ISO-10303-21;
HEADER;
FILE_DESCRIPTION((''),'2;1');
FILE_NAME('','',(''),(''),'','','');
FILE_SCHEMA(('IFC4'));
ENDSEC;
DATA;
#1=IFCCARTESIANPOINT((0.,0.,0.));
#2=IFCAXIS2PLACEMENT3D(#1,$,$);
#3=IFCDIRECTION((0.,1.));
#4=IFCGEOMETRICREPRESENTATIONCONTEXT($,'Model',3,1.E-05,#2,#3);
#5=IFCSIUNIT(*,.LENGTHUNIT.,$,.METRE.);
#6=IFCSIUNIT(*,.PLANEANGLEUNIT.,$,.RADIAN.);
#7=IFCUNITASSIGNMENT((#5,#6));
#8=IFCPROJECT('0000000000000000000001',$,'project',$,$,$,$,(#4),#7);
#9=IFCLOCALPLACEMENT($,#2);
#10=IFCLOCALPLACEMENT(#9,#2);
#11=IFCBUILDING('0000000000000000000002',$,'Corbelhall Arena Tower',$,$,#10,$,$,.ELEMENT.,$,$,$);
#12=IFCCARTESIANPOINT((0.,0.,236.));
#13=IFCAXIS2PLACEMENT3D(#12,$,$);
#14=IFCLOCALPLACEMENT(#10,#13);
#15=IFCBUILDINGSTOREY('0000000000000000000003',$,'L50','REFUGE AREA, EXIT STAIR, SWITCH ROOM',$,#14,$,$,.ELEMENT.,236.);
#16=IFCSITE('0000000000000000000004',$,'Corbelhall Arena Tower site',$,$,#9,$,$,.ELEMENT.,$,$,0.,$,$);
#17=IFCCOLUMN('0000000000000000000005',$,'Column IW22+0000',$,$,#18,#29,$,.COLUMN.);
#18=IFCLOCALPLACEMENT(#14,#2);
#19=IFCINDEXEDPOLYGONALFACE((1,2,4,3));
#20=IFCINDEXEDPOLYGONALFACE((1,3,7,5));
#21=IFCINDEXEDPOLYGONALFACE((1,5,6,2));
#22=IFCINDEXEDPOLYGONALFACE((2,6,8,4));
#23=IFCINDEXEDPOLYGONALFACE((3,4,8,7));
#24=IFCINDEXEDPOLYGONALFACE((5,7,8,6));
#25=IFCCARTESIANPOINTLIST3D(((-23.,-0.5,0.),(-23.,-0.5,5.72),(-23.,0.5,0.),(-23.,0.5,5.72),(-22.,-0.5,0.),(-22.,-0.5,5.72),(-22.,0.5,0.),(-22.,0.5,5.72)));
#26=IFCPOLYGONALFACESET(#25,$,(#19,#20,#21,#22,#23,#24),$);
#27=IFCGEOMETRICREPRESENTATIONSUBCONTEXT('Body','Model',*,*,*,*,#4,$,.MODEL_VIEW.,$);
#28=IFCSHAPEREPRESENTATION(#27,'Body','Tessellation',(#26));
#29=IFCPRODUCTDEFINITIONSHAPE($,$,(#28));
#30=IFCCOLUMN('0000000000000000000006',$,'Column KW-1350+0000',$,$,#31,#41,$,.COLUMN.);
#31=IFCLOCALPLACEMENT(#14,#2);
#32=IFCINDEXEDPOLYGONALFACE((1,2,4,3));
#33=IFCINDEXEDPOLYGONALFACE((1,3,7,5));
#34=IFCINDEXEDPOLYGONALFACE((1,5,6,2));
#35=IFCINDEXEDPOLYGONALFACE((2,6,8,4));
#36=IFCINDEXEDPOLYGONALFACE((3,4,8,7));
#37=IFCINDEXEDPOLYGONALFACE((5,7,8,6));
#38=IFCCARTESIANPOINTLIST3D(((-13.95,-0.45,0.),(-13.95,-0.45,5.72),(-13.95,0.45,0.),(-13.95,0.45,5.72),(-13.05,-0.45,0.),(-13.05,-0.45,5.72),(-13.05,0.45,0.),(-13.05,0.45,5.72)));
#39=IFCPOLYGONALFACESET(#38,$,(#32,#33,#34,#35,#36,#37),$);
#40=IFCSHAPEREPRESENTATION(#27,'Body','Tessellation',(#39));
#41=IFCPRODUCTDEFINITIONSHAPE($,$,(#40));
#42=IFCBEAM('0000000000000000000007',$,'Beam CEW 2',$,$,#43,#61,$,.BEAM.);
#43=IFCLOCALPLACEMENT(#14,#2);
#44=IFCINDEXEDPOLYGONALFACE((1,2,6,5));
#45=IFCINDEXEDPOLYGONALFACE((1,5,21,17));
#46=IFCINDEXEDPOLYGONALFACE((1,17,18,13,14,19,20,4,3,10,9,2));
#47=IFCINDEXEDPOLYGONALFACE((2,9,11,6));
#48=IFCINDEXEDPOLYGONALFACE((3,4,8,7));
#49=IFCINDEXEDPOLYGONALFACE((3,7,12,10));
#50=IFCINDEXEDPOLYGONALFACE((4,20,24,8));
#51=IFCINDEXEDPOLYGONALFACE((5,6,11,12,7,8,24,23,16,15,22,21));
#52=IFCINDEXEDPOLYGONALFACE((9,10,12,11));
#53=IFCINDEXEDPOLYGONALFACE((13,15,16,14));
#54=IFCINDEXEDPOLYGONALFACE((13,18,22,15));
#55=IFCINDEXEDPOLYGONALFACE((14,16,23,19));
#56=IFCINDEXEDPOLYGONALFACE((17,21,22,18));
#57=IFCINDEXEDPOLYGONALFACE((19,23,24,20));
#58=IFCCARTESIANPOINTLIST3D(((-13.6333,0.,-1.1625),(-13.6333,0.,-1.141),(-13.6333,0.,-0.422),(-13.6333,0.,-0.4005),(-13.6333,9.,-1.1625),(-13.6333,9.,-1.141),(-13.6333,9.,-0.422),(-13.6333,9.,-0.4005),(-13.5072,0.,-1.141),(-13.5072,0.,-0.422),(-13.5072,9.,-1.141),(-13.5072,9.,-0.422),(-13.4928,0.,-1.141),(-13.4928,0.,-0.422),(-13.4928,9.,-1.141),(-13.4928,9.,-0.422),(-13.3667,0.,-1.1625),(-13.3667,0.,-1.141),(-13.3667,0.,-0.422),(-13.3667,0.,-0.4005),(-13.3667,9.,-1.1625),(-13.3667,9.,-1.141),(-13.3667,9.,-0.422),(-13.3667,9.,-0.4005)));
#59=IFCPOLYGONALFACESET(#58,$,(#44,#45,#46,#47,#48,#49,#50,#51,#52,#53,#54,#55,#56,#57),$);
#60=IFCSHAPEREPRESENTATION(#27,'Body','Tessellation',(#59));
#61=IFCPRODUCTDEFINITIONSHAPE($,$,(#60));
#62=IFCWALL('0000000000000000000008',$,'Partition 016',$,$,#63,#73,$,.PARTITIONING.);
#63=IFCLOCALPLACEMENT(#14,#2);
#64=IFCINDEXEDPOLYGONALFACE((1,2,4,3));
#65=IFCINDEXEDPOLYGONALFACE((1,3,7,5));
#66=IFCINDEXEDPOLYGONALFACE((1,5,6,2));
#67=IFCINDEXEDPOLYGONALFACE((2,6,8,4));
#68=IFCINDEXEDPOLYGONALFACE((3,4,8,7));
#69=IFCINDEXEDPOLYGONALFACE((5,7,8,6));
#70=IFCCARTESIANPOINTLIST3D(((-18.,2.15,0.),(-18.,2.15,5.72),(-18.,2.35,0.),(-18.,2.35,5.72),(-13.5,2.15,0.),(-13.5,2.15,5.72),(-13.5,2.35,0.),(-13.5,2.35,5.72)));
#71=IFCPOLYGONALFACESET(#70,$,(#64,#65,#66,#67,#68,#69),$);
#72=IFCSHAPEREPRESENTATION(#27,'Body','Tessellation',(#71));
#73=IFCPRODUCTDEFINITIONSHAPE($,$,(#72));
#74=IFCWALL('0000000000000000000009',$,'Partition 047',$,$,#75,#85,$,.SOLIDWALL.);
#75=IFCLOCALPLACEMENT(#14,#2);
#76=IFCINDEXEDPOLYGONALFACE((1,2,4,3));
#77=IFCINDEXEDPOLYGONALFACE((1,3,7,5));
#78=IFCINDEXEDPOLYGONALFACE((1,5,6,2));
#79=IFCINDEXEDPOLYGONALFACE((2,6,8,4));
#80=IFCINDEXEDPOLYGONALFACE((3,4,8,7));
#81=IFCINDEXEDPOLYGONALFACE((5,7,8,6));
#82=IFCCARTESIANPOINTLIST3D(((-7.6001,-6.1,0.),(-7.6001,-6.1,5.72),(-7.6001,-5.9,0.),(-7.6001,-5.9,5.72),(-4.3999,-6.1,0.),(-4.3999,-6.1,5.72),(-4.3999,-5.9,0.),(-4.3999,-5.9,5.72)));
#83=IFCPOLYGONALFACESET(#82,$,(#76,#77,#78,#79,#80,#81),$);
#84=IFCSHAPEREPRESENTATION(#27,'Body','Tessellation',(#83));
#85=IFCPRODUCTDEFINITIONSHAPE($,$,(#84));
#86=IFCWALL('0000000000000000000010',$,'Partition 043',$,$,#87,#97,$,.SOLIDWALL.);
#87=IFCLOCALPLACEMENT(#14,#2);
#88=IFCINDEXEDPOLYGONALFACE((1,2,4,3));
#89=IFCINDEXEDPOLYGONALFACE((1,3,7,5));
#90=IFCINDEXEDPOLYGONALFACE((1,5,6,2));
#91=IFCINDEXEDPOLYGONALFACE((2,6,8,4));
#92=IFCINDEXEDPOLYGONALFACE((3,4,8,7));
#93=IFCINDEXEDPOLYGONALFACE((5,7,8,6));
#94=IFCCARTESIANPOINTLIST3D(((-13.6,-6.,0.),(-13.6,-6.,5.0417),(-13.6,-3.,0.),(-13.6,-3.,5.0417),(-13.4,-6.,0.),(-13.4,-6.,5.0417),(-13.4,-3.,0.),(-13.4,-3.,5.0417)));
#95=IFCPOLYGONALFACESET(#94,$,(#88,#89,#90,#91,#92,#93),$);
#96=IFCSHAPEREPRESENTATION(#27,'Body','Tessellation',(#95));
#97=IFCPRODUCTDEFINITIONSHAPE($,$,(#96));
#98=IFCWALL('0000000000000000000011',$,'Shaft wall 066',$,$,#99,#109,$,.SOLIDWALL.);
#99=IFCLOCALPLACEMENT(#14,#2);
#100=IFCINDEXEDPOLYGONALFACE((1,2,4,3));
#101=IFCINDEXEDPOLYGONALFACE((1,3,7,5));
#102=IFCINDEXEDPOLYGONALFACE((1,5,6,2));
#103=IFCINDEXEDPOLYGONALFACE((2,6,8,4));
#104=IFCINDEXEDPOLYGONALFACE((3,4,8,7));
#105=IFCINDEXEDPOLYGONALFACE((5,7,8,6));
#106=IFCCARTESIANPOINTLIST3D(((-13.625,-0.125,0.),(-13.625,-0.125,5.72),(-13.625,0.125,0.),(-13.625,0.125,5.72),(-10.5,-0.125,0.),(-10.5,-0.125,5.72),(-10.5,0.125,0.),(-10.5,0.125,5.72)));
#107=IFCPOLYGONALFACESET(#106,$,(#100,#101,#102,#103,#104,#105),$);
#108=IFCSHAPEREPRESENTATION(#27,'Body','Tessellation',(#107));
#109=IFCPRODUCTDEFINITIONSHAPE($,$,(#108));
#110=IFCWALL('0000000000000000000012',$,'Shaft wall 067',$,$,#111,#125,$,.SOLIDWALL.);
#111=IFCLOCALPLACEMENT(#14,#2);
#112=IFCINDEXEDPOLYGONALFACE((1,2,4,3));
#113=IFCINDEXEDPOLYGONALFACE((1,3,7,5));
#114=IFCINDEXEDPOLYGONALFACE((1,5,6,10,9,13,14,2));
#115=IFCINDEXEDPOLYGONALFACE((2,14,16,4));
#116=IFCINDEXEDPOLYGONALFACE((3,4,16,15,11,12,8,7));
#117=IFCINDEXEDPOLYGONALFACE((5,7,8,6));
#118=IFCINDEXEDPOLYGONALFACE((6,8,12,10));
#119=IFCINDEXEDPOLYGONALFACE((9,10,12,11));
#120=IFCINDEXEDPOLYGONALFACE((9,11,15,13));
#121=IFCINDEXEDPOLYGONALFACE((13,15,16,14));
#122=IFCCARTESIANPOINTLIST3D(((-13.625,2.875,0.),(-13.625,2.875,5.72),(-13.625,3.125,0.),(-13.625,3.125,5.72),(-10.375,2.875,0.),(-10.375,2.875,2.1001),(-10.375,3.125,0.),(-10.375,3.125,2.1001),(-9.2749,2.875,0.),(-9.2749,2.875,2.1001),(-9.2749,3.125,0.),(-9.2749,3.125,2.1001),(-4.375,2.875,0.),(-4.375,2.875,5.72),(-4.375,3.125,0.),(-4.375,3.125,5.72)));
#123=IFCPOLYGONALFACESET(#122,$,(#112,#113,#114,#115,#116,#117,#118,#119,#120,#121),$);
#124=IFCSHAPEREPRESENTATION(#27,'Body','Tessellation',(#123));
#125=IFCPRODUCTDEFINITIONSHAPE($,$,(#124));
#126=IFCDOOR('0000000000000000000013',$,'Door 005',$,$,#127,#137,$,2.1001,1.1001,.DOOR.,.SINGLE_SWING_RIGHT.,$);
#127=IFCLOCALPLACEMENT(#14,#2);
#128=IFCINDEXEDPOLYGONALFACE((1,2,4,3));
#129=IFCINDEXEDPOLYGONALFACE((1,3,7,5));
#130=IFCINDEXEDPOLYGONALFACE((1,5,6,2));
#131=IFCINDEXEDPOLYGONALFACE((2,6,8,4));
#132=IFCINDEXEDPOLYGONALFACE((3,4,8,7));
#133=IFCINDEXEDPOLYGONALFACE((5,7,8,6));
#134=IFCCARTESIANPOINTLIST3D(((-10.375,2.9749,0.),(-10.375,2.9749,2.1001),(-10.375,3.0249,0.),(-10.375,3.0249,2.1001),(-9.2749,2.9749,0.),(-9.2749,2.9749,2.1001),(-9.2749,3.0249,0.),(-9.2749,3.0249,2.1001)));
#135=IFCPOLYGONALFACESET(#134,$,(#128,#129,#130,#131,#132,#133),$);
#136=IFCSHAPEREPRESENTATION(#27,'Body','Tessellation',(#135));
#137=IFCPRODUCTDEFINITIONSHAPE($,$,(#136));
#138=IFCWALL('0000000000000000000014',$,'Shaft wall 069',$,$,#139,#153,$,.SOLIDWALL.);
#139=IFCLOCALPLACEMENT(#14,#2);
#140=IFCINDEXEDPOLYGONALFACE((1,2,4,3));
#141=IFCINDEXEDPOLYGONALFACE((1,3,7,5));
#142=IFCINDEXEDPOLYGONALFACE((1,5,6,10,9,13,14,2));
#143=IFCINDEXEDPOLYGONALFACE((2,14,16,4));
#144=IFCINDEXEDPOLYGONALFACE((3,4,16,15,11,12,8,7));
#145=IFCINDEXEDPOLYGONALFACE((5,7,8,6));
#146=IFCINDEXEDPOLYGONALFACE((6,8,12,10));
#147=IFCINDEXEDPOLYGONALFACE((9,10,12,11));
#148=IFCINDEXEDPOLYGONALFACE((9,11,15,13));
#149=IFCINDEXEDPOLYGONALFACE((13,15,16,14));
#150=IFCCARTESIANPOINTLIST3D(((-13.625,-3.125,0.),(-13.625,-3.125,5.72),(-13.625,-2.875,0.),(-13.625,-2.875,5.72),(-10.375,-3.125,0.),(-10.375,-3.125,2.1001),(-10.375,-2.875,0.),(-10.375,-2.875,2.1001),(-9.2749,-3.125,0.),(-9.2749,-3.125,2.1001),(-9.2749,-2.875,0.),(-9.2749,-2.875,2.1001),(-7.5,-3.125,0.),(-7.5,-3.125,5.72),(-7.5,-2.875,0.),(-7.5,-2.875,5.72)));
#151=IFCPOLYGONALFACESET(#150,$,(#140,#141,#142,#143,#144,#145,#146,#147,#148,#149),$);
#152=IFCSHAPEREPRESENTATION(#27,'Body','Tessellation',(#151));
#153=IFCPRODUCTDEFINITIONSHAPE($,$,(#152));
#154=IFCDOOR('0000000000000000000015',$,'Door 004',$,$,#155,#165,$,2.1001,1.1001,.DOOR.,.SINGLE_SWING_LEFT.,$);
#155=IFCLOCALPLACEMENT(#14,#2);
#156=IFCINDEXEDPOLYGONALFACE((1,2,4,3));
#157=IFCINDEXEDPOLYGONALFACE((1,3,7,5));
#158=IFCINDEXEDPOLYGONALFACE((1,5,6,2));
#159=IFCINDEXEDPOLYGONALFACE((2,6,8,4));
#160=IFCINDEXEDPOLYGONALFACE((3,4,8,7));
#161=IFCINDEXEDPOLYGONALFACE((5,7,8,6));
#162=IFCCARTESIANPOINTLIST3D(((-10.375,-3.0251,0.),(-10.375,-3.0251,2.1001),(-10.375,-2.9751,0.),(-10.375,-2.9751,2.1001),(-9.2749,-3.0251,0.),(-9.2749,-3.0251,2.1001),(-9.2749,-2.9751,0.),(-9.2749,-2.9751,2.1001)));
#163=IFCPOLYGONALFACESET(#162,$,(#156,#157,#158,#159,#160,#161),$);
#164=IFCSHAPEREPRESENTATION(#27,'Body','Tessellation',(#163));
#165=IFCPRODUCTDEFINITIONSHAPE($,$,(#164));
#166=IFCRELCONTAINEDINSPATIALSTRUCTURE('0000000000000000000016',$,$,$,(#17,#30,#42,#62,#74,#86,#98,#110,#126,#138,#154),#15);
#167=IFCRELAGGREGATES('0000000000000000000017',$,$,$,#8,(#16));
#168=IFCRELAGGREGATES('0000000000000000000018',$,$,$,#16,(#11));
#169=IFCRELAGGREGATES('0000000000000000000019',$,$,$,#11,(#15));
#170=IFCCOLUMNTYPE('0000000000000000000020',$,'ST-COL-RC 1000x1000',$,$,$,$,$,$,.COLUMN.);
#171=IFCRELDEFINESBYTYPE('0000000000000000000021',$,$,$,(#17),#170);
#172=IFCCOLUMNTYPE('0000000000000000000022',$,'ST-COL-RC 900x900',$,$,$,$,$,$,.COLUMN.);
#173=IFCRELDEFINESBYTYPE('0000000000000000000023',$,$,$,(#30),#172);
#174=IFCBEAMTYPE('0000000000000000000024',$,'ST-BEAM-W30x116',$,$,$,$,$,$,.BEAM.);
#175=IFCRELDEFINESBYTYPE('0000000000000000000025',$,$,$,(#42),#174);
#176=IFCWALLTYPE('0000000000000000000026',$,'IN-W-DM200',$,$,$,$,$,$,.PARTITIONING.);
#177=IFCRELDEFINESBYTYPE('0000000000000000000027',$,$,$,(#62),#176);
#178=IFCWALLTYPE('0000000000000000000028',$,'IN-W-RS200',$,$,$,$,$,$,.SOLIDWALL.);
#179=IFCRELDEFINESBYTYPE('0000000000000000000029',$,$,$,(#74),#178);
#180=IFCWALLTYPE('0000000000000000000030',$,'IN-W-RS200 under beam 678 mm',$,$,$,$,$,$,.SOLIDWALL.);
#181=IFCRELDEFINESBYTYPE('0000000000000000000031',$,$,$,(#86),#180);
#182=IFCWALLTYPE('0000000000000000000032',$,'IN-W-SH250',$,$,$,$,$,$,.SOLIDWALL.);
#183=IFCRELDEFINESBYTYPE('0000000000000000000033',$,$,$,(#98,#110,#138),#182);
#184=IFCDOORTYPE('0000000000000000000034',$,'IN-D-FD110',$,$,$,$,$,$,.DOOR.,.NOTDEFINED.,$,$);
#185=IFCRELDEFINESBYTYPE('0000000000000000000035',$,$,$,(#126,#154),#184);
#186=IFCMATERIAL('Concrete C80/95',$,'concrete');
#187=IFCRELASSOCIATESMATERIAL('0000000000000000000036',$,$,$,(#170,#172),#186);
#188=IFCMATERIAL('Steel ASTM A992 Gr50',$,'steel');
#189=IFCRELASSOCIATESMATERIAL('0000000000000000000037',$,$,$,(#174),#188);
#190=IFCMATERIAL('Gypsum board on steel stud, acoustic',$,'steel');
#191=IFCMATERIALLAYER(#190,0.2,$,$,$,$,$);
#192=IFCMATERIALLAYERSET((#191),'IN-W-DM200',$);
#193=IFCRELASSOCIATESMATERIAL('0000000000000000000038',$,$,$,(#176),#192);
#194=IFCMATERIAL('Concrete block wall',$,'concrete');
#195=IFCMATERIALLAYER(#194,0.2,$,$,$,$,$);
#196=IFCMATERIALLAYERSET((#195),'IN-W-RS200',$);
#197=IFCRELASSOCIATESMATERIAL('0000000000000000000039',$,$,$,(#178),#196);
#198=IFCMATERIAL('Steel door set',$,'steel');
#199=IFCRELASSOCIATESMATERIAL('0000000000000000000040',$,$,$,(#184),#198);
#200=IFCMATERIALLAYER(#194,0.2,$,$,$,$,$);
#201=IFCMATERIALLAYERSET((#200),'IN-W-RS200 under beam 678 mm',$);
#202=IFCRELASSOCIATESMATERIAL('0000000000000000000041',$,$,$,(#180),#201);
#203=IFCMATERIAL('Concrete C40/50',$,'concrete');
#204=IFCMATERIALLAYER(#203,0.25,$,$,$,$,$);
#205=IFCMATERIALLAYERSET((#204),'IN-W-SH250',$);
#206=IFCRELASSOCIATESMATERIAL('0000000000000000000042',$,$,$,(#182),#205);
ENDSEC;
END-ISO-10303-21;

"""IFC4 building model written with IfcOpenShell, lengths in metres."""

from ifc_helpers import new_model, si_unit, direction, frame, frame_2d, origin, origin_2d, place, context, subcontext, project, spatial, rectangle, i_section, extrude, material, layer, layer_set, material_profile, profile_set, type_object, element, fill, save


model = new_model("IFC4")

# Units and contexts
model_context = context("Model", 3, precision=1e-05, world=origin(), true_north=direction((0.0, 1.0)))
body_context = subcontext(model_context, "Body", "Model", "MODEL_VIEW")
ifc_project = project(units=[si_unit("LENGTHUNIT", "METRE"), si_unit("PLANEANGLEUNIT", "RADIAN")], contexts=[model_context])

# Site, building, storey
site_placement = place(None, origin())
site = spatial("IfcSite", under=ifc_project, at=site_placement, Name="Corbelhall Arena Tower site", CompositionType="ELEMENT", RefElevation=0.0)
building_placement = place(site_placement, origin())
building = spatial("IfcBuilding", under=site, at=building_placement, Name="Corbelhall Arena Tower", CompositionType="ELEMENT")
storey_placement = place(building_placement, frame((0.0, 0.0, 236.0)))
storey = spatial("IfcBuildingStorey", under=building, at=storey_placement, Name="L50", Description="REFUGE AREA, EXIT STAIR, SWITCH ROOM", CompositionType="ELEMENT", Elevation=236.0)

# Columns
ifc_material_1 = material(Name="Concrete C80/95", Category="concrete")
ifc_material_profile_1 = material_profile(ifc_material_1, rectangle(XDim=1.0, YDim=1.0, at=origin_2d()))
ifc_profile_set_1 = profile_set([ifc_material_profile_1], Name="Concrete C80/95")
column_type_1 = type_object("IfcColumnType", Name="ST-COL-RC 1000x1000", PredefinedType="COLUMN", material=ifc_profile_set_1)
column_1_placement = place(storey_placement, frame((-22.5, 0.0, 0.0), z_axis=(0.0, 0.0, 1.0), x_axis=(1.0, 0.0, 0.0)))
element("IfcColumn", 1, at=column_1_placement, inside=storey, type_object=column_type_1, Name="Column IW22+0000", PredefinedType="COLUMN", context=body_context, shape_type="SweptSolid", body=[
    extrude(rectangle(XDim=1.0, YDim=1.0, at=origin_2d()), origin(), (0.0, 0.0, 1.0), 5.72),
])
ifc_material_profile_2 = material_profile(ifc_material_1, rectangle(XDim=0.8999, YDim=0.8999, at=origin_2d()))
ifc_profile_set_2 = profile_set([ifc_material_profile_2], Name="Concrete C80/95")
column_type_2 = type_object("IfcColumnType", Name="ST-COL-RC 900x900", PredefinedType="COLUMN", material=ifc_profile_set_2)
column_2_placement = place(storey_placement, frame((-13.5, 0.0, 0.0), z_axis=(0.0, 0.0, 1.0), x_axis=(1.0, 0.0, 0.0)))
element("IfcColumn", 2, at=column_2_placement, inside=storey, type_object=column_type_2, Name="Column KW-1350+0000", PredefinedType="COLUMN", context=body_context, shape_type="SweptSolid", body=[
    extrude(rectangle(XDim=0.8999, YDim=0.8999, at=origin_2d()), origin(), (0.0, 0.0, 1.0), 5.72),
])

# Beam
ifc_material_2 = material(Name="Steel ASTM A992 Gr50", Category="steel")
ifc_material_profile_3 = material_profile(ifc_material_2, i_section(OverallWidth=0.2666, OverallDepth=0.762, WebThickness=0.0144, FlangeThickness=0.0215, at=origin_2d()))
ifc_profile_set_3 = profile_set([ifc_material_profile_3], Name="Steel ASTM A992 Gr50")
beam_type = type_object("IfcBeamType", Name="ST-BEAM-W30x116", PredefinedType="BEAM", material=ifc_profile_set_3)
beam_placement = place(storey_placement, frame((-13.5, 0.0, -0.7815), z_axis=(0.0, 1.0, 0.0), x_axis=(-1.0, 0.0, 0.0)))
element("IfcBeam", 3, at=beam_placement, inside=storey, type_object=beam_type, Name="Beam CEW 2", PredefinedType="BEAM", context=body_context, shape_type="SweptSolid", body=[
    extrude(i_section(OverallWidth=0.2666, OverallDepth=0.762, WebThickness=0.0144, FlangeThickness=0.0215, at=origin_2d()), origin(), (0.0, 0.0, 1.0), 9.0),
])

# Shared definitions
ifc_material_3 = material(Name="Gypsum board on steel stud, acoustic", Category="steel")
ifc_layer_1 = layer(ifc_material_3, 0.2)
ifc_layer_set_1 = layer_set([ifc_layer_1], Name="IN-W-DM200")
wall_type_1 = type_object("IfcWallType", Name="IN-W-DM200", PredefinedType="PARTITIONING", material=ifc_layer_set_1)
ifc_material_4 = material(Name="Steel door set", Category="steel")

# Wall
wall_1_placement = place(storey_placement, frame((-18.0, 2.25, 0.0), z_axis=(0.0, 0.0, 1.0), x_axis=(1.0, 0.0, 0.0)))
element("IfcWall", 4, at=wall_1_placement, inside=storey, type_object=wall_type_1, Name="Partition 016", PredefinedType="PARTITIONING", context=body_context, shape_type="SweptSolid", body=[
    extrude(rectangle(XDim=4.5, YDim=0.2, at=frame_2d((2.25, 0.0))), origin(), (0.0, 0.0, 1.0), 5.72),
])

# Shared definitions
ifc_material_5 = material(Name="Concrete block wall", Category="concrete")
ifc_layer_2 = layer(ifc_material_5, 0.2)
ifc_layer_set_2 = layer_set([ifc_layer_2], Name="IN-W-RS200")
wall_type_2 = type_object("IfcWallType", Name="IN-W-RS200", PredefinedType="SOLIDWALL", material=ifc_layer_set_2)
door_type_1 = type_object("IfcDoorType", Name="IN-D-FD110", OperationType="NOTDEFINED", PredefinedType="DOOR", material=ifc_material_4)

# Walls
wall_2_placement = place(storey_placement, frame((-7.6001, -6.0, 0.0), z_axis=(0.0, 0.0, 1.0), x_axis=(1.0, 0.0, 0.0)))
element("IfcWall", 5, at=wall_2_placement, inside=storey, type_object=wall_type_2, Name="Partition 047", PredefinedType="SOLIDWALL", context=body_context, shape_type="SweptSolid", body=[
    extrude(rectangle(XDim=3.2002, YDim=0.2, at=frame_2d((1.6001, 0.0))), origin(), (0.0, 0.0, 1.0), 5.72),
])
ifc_layer_3 = layer(ifc_material_5, 0.2)
ifc_layer_set_3 = layer_set([ifc_layer_3], Name="IN-W-RS200 under beam 678 mm")
wall_type_3 = type_object("IfcWallType", Name="IN-W-RS200 under beam 678 mm", PredefinedType="SOLIDWALL", material=ifc_layer_set_3)
wall_3_placement = place(storey_placement, frame((-13.5, -6.0, 0.0), z_axis=(0.0, 0.0, 1.0), x_axis=(0.0, 1.0, 0.0)))
element("IfcWall", 6, at=wall_3_placement, inside=storey, type_object=wall_type_3, Name="Partition 043", PredefinedType="SOLIDWALL", context=body_context, shape_type="SweptSolid", body=[
    extrude(rectangle(XDim=3.0, YDim=0.2, at=frame_2d((1.5, 0.0))), origin(), (0.0, 0.0, 1.0), 5.0417),
])
ifc_material_6 = material(Name="Concrete C40/50", Category="concrete")
ifc_layer_4 = layer(ifc_material_6, 0.25)
ifc_layer_set_4 = layer_set([ifc_layer_4], Name="IN-W-SH250")
wall_type_4 = type_object("IfcWallType", Name="IN-W-SH250", PredefinedType="SOLIDWALL", material=ifc_layer_set_4)
wall_4_placement = place(storey_placement, frame((-13.625, 0.0, 0.0), z_axis=(0.0, 0.0, 1.0), x_axis=(1.0, 0.0, 0.0)))
element("IfcWall", 7, at=wall_4_placement, inside=storey, type_object=wall_type_4, Name="Shaft wall 066", PredefinedType="SOLIDWALL", context=body_context, shape_type="SweptSolid", body=[
    extrude(rectangle(XDim=3.125, YDim=0.25, at=frame_2d((1.5625, 0.0))), origin(), (0.0, 0.0, 1.0), 5.72),
])

# Walls, openings, doors
wall_5_placement = place(storey_placement, frame((-13.625, 3.0, 0.0), z_axis=(0.0, 0.0, 1.0), x_axis=(1.0, 0.0, 0.0)))
wall_5 = element("IfcWall", 8, at=wall_5_placement, inside=storey, type_object=wall_type_4, Name="Shaft wall 067", PredefinedType="SOLIDWALL", context=body_context, shape_type="SweptSolid", body=[
    extrude(rectangle(XDim=9.25, YDim=0.25, at=frame_2d((4.625, 0.0))), origin(), (0.0, 0.0, 1.0), 5.72),
])
opening_1_placement = place(wall_5_placement, frame((3.25, 0.0, 0.0)))
opening_1 = element("IfcOpeningElement", 9, at=opening_1_placement, cuts=wall_5, PredefinedType="OPENING", context=body_context, shape_type="SweptSolid", body=[
    extrude(rectangle(XDim=1.1001, YDim=2.1001, at=frame_2d((0.55, 1.05))), frame((0.0, 0.125, 0.0), z_axis=(0.0, -1.0, 0.0), x_axis=(1.0, 0.0, 0.0)), (0.0, 0.0, 1.0), 0.25),
])
door_1_placement = place(opening_1_placement, origin())
door_1 = element("IfcDoor", 10, at=door_1_placement, inside=storey, type_object=door_type_1, Name="Door 005", OperationType="SINGLE_SWING_RIGHT", OverallHeight=2.1001, OverallWidth=1.1001, PredefinedType="DOOR", context=body_context, shape_type="SweptSolid", body=[
    extrude(rectangle(XDim=1.1001, YDim=2.1001, at=frame_2d((0.55, 1.05))), frame((0.0, 0.0249, 0.0), z_axis=(0.0, -1.0, 0.0), x_axis=(1.0, 0.0, 0.0)), (0.0, 0.0, 1.0), 0.05),
])
fill(opening_1, door_1)
wall_6_placement = place(storey_placement, frame((-13.625, -3.0, 0.0), z_axis=(0.0, 0.0, 1.0), x_axis=(1.0, 0.0, 0.0)))
wall_6 = element("IfcWall", 11, at=wall_6_placement, inside=storey, type_object=wall_type_4, Name="Shaft wall 069", PredefinedType="SOLIDWALL", context=body_context, shape_type="SweptSolid", body=[
    extrude(rectangle(XDim=6.125, YDim=0.25, at=frame_2d((3.0625, 0.0))), origin(), (0.0, 0.0, 1.0), 5.72),
])
opening_2_placement = place(wall_6_placement, frame((3.25, 0.0, 0.0)))
opening_2 = element("IfcOpeningElement", 12, at=opening_2_placement, cuts=wall_6, PredefinedType="OPENING", context=body_context, shape_type="SweptSolid", body=[
    extrude(rectangle(XDim=1.1001, YDim=2.1001, at=frame_2d((0.55, 1.05))), frame((0.0, 0.125, 0.0), z_axis=(0.0, -1.0, 0.0), x_axis=(1.0, 0.0, 0.0)), (0.0, 0.0, 1.0), 0.25),
])
door_2_placement = place(opening_2_placement, origin())
door_2 = element("IfcDoor", 13, at=door_2_placement, inside=storey, type_object=door_type_1, Name="Door 004", OperationType="SINGLE_SWING_LEFT", OverallHeight=2.1001, OverallWidth=1.1001, PredefinedType="DOOR", context=body_context, shape_type="SweptSolid", body=[
    extrude(rectangle(XDim=1.1001, YDim=2.1001, at=frame_2d((0.55, 1.05))), frame((0.0, 0.0249, 0.0), z_axis=(0.0, -1.0, 0.0), x_axis=(1.0, 0.0, 0.0)), (0.0, 0.0, 1.0), 0.05),
])
fill(opening_2, door_2)

save(model, "model.ifc")
